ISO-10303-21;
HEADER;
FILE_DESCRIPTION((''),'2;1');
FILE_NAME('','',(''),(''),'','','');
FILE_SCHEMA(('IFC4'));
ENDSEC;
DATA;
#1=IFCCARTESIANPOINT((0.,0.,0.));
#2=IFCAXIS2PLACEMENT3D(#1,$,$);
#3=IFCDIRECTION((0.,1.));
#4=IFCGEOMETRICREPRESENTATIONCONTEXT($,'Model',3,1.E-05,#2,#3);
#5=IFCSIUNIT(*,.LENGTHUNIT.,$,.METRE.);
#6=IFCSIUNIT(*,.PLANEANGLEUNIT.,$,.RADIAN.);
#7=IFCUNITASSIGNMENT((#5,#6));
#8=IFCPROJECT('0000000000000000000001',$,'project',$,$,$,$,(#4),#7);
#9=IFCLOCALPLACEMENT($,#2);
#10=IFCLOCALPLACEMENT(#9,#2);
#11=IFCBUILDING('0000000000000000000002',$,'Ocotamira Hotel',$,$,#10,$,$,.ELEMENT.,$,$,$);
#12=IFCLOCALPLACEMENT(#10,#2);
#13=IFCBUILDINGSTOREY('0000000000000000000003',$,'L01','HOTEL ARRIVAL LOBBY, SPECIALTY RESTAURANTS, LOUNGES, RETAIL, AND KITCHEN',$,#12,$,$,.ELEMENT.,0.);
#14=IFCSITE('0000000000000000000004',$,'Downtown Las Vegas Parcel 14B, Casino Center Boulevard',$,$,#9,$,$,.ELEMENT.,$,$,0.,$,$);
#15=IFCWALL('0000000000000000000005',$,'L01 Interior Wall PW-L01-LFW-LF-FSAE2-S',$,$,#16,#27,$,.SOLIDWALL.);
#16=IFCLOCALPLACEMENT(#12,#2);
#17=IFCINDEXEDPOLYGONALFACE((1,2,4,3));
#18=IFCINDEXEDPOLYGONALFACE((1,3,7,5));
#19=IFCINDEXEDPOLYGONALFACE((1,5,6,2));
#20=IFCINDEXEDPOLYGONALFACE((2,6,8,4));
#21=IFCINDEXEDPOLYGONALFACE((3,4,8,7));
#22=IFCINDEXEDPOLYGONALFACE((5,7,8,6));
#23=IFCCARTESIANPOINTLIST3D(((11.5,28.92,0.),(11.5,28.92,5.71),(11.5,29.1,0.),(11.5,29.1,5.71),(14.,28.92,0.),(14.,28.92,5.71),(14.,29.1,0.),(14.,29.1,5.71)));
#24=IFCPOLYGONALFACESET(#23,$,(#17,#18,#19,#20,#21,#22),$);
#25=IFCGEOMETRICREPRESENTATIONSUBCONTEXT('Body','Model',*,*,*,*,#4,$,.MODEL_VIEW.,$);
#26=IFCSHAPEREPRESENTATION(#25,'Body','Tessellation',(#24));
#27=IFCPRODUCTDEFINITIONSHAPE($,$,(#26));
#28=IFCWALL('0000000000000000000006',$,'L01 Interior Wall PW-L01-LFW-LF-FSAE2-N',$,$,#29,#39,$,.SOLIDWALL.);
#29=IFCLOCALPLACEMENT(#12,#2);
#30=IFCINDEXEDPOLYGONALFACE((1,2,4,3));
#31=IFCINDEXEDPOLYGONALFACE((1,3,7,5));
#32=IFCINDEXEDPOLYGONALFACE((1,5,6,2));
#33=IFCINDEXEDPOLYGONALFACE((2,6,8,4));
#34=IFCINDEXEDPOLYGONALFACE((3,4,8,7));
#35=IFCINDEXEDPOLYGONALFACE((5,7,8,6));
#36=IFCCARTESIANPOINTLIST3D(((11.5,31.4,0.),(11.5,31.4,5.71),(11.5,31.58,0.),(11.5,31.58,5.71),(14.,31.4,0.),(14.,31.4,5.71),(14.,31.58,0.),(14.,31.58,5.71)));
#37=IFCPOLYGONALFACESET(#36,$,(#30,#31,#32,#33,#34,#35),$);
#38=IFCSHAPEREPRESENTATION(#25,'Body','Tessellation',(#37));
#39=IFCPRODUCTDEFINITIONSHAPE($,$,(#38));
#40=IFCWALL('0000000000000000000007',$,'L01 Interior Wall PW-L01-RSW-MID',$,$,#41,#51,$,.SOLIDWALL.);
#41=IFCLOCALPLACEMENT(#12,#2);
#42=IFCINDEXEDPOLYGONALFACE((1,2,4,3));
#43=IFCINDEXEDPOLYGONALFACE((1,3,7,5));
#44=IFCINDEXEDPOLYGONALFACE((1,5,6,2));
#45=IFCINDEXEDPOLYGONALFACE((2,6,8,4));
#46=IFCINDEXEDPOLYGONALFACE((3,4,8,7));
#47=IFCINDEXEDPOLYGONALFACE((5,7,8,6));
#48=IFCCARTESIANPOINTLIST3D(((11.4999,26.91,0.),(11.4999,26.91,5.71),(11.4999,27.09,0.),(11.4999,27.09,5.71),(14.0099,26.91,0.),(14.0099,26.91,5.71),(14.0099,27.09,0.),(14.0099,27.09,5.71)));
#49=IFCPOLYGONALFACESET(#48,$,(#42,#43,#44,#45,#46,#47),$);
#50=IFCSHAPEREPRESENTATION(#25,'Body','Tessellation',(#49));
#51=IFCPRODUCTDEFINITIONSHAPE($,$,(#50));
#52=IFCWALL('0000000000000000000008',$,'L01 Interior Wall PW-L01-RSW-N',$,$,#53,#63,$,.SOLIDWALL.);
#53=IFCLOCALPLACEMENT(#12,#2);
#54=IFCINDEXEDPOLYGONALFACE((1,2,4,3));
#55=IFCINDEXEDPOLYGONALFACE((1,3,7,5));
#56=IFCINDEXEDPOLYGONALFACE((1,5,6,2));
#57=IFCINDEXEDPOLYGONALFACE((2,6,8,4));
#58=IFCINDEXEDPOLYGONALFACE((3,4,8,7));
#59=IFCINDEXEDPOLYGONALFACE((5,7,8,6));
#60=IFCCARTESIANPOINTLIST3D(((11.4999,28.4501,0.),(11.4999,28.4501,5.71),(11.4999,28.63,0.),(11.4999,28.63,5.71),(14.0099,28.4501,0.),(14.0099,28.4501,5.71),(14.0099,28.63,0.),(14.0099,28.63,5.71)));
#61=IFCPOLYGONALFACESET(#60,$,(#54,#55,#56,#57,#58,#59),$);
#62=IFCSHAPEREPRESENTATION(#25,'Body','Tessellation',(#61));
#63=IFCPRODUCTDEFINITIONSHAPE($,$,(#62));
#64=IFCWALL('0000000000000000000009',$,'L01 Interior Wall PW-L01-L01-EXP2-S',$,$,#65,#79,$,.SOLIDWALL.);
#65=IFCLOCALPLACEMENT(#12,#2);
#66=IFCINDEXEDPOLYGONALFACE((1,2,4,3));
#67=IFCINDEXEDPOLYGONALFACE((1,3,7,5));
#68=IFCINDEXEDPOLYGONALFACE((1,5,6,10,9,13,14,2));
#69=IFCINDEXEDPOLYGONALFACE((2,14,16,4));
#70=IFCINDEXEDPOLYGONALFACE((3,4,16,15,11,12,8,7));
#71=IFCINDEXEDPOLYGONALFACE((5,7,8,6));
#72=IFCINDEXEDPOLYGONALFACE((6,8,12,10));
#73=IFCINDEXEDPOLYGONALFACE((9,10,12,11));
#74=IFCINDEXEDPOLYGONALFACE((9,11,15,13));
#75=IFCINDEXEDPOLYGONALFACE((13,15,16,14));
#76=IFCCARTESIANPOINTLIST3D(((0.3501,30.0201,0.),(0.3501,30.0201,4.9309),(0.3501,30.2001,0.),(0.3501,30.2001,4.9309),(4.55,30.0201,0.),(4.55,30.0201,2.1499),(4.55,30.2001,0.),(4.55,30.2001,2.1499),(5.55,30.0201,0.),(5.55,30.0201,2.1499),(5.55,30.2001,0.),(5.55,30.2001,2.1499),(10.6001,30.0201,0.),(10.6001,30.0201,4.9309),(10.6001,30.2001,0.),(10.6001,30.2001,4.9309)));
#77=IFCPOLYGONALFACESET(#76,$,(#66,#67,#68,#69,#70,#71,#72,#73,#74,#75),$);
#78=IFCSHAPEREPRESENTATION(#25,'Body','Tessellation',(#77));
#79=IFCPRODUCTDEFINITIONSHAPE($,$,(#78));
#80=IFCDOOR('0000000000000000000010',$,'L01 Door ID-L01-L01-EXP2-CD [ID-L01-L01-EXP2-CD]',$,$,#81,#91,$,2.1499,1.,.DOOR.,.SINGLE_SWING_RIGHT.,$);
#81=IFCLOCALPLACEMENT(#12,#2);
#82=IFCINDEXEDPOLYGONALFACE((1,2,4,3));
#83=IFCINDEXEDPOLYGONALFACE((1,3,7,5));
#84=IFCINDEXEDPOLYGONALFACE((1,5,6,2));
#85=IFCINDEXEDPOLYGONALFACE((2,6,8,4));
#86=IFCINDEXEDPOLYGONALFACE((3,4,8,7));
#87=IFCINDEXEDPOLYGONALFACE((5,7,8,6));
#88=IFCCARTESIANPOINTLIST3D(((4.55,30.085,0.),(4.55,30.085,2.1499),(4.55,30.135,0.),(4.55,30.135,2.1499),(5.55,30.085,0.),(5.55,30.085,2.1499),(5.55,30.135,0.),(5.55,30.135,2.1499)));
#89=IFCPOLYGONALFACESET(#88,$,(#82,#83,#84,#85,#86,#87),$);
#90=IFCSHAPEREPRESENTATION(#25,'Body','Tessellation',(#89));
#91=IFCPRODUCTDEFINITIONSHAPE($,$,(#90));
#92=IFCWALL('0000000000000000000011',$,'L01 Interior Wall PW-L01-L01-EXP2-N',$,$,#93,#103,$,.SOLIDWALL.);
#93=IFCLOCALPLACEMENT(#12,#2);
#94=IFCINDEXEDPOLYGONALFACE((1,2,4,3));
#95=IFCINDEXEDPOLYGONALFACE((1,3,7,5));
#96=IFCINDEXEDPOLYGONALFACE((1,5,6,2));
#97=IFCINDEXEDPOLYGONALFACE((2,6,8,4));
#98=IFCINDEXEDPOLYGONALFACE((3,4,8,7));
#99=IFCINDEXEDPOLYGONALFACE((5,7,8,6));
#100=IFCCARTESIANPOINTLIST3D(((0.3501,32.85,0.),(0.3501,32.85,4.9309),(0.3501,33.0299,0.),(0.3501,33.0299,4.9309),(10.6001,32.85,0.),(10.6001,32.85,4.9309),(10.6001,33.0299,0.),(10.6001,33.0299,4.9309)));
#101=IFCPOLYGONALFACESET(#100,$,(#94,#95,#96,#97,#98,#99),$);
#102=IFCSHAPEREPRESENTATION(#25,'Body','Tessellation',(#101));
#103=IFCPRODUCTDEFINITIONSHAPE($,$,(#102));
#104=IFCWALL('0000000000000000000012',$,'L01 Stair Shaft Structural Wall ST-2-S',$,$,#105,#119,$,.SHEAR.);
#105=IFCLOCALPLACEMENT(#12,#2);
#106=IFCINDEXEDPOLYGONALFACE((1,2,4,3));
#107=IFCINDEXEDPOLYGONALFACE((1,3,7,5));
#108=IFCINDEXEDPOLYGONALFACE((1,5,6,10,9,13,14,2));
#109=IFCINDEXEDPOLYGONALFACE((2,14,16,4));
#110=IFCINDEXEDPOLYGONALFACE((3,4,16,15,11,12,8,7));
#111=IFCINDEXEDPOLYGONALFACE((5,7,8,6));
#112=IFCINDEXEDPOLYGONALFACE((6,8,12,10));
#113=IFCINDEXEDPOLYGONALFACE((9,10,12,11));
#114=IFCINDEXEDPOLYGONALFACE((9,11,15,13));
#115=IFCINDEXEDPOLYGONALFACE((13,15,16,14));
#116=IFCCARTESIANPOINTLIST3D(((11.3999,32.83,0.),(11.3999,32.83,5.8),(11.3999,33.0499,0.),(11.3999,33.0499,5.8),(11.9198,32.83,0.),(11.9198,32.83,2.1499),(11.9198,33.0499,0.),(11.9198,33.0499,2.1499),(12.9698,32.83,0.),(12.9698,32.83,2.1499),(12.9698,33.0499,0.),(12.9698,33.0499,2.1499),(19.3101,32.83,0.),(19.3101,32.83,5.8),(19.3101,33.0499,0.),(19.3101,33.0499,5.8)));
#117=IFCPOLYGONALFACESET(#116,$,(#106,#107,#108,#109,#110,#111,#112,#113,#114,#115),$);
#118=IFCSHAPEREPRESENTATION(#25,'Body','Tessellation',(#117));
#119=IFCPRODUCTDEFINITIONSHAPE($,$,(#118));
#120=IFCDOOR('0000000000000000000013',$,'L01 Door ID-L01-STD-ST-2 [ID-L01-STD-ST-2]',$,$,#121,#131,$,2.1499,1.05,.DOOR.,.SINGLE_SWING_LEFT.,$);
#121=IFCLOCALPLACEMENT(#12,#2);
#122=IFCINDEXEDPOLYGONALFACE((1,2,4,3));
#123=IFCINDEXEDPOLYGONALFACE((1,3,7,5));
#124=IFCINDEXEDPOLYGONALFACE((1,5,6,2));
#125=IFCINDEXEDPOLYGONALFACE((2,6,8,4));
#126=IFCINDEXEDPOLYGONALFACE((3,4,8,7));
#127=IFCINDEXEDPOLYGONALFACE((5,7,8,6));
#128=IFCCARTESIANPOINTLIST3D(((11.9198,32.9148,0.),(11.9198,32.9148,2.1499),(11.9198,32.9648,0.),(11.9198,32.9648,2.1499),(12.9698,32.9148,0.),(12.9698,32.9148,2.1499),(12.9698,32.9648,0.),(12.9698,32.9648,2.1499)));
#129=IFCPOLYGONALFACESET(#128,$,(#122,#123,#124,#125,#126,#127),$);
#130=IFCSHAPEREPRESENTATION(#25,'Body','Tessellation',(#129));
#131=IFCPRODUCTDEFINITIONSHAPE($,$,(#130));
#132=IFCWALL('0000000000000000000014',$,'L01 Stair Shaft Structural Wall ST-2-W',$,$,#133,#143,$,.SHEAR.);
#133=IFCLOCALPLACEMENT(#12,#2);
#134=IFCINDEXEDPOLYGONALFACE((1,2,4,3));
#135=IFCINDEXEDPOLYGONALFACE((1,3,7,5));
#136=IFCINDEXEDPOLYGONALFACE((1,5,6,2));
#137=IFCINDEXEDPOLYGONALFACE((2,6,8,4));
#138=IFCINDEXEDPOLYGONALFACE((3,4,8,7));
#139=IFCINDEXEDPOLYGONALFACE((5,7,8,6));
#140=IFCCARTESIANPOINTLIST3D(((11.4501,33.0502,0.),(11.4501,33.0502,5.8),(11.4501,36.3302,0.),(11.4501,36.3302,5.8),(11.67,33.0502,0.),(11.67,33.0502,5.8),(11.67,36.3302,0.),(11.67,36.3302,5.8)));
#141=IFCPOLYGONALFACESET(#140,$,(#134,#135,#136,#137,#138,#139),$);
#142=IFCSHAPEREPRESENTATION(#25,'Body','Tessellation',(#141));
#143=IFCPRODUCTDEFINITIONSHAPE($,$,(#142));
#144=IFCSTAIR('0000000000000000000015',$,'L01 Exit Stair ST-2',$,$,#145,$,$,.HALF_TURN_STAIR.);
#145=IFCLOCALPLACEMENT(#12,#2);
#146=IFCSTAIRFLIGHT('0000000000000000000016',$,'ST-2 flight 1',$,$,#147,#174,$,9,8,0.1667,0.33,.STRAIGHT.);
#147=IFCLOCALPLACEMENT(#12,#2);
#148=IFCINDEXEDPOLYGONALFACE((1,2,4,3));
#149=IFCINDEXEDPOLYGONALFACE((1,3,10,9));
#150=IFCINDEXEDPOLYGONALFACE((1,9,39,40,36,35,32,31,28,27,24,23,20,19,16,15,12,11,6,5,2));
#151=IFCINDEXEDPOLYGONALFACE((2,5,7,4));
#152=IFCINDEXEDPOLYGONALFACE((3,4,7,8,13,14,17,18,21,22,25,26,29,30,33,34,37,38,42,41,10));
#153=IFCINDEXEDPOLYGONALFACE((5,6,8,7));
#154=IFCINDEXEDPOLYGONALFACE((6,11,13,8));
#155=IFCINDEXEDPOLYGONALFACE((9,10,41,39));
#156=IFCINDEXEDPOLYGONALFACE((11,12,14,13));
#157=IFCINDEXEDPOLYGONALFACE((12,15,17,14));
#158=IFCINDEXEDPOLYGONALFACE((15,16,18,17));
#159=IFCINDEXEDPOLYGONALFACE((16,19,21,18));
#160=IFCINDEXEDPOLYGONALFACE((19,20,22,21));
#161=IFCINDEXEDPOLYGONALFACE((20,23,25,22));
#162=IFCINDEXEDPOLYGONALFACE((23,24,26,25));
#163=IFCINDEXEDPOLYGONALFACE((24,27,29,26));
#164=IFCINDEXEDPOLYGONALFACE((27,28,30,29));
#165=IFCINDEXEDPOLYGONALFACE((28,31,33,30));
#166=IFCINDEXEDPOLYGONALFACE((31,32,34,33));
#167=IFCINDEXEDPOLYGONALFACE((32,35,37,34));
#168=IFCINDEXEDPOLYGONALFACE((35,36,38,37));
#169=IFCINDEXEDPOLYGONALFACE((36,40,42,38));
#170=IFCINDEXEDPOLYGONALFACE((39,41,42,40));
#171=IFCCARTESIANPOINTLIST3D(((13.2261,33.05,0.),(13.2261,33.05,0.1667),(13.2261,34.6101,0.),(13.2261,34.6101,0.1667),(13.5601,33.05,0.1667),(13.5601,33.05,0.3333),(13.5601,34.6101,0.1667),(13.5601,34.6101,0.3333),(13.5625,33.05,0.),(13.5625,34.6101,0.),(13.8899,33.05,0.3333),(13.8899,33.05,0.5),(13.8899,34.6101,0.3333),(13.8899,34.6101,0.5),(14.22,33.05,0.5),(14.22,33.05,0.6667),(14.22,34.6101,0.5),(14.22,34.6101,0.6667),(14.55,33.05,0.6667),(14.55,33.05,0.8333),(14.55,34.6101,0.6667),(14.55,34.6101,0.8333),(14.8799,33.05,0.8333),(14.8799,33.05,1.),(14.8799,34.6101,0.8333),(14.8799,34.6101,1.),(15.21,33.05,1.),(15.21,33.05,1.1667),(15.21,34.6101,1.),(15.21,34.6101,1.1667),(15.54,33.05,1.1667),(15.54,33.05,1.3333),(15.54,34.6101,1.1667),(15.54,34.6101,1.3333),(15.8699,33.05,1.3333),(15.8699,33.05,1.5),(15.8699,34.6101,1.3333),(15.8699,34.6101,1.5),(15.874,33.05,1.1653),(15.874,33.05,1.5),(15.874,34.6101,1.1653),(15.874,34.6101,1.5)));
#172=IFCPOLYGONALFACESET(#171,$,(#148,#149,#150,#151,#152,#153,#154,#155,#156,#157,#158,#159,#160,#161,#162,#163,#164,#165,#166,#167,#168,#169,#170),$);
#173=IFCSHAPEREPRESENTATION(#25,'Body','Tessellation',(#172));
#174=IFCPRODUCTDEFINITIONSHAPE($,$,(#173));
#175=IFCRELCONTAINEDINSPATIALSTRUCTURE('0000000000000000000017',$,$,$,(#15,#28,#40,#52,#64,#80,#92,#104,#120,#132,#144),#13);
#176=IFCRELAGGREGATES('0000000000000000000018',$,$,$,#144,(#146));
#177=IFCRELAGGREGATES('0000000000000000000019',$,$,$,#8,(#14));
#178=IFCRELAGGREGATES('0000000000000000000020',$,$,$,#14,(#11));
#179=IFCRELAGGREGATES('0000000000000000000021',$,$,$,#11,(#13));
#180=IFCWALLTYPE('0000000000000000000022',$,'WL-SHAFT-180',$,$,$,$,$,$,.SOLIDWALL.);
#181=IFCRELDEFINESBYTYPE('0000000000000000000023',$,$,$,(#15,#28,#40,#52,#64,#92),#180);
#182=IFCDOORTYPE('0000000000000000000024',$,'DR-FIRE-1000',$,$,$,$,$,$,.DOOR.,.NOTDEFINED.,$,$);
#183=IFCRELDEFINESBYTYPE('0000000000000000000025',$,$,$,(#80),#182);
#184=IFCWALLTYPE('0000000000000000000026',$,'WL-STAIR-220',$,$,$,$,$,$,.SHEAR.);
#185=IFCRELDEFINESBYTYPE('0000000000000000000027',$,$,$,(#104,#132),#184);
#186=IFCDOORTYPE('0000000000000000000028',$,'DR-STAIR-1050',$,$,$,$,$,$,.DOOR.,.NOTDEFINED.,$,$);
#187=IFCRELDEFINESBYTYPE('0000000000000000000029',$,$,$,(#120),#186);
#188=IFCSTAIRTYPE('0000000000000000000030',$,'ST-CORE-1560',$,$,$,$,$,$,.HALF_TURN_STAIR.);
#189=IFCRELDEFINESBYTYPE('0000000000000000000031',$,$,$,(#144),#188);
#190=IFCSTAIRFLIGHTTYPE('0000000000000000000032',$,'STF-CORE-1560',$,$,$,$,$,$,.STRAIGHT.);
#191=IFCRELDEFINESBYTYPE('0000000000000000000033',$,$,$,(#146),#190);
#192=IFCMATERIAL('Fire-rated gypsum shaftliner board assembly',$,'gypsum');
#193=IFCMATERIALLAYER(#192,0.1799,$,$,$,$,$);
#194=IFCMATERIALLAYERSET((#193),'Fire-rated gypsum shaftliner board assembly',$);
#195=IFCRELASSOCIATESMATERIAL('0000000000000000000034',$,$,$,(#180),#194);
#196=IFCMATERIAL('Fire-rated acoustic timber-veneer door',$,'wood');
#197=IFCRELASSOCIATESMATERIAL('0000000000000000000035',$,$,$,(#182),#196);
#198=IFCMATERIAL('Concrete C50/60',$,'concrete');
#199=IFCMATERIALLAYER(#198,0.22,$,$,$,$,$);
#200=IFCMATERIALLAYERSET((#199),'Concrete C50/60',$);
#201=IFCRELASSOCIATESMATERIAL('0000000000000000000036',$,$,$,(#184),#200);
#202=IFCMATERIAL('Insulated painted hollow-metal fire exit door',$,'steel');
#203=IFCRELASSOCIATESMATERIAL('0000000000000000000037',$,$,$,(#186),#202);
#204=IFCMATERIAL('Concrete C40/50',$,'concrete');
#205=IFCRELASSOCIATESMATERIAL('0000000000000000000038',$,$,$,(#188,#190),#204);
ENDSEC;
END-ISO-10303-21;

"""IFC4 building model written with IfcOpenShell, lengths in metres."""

from ifc_helpers import new_model, si_unit, direction, frame, frame_2d, origin, place, context, subcontext, project, spatial, polyline, rectangle, outline, extrude, source, transform, mapped, material, layer, layer_set, type_object, element, fill, aggregate, save


model = new_model("IFC4")

# Units and contexts
model_context = context("Model", 3, precision=1e-05, world=origin(), true_north=direction((0.0, 1.0)))
body_context = subcontext(model_context, "Body", "Model", "MODEL_VIEW")
ifc_project = project(units=[si_unit("LENGTHUNIT", "METRE"), si_unit("PLANEANGLEUNIT", "RADIAN")], contexts=[model_context])

# Site, building, storey
site_placement = place(None, origin())
site = spatial("IfcSite", under=ifc_project, at=site_placement, Name="Downtown Las Vegas Parcel 14B, Casino Center Boulevard", CompositionType="ELEMENT", RefElevation=0.0)
building_placement = place(site_placement, origin())
building = spatial("IfcBuilding", under=site, at=building_placement, Name="Ocotamira Hotel", CompositionType="ELEMENT")
storey_placement = place(building_placement, origin())
storey = spatial("IfcBuildingStorey", under=building, at=storey_placement, Name="L01", Description="HOTEL ARRIVAL LOBBY, SPECIALTY RESTAURANTS, LOUNGES, RETAIL, AND KITCHEN", CompositionType="ELEMENT", Elevation=0.0)

# Walls
ifc_material_1 = material(Name="Fire-rated gypsum shaftliner board assembly", Category="gypsum")
ifc_layer_1 = layer(ifc_material_1, 0.1799)
ifc_layer_set_1 = layer_set([ifc_layer_1], Name="Fire-rated gypsum shaftliner board assembly")
wall_type_1 = type_object("IfcWallType", Name="WL-SHAFT-180", PredefinedType="SOLIDWALL", material=ifc_layer_set_1)
for number, where, z_axis, x_axis, name in (
    (1, (11.5, 29.01, 0.0), (0.0, 0.0, 1.0), (1.0, 0.0, 0.0), "L01 Interior Wall PW-L01-LFW-LF-FSAE2-S"),
    (2, (11.5, 31.49, 0.0), (0.0, 0.0, 1.0), (1.0, 0.0, 0.0), "L01 Interior Wall PW-L01-LFW-LF-FSAE2-N"),
):
    element("IfcWall", number, at=place(storey_placement, frame(where, z_axis=z_axis, x_axis=x_axis)), inside=storey, type_object=wall_type_1, Name=name, PredefinedType="SOLIDWALL", context=body_context, shape_type="SweptSolid", body=[
        extrude(rectangle(XDim=2.5, YDim=0.1799, at=frame_2d((1.25, 0.0))), origin(), (0.0, 0.0, 1.0), 5.71),
    ])
for number, where, z_axis, x_axis, name in (
    (3, (11.5, 27.0, 0.0), (0.0, 0.0, 1.0), (1.0, 0.0, 0.0), "L01 Interior Wall PW-L01-RSW-MID"),
    (4, (11.5, 28.54, 0.0), (0.0, 0.0, 1.0), (1.0, 0.0, 0.0), "L01 Interior Wall PW-L01-RSW-N"),
):
    element("IfcWall", number, at=place(storey_placement, frame(where, z_axis=z_axis, x_axis=x_axis)), inside=storey, type_object=wall_type_1, Name=name, PredefinedType="SOLIDWALL", context=body_context, shape_type="SweptSolid", body=[
        extrude(rectangle(XDim=2.51, YDim=0.1799, at=frame_2d((1.2549, 0.0))), origin(), (0.0, 0.0, 1.0), 5.71),
    ])

# Wall, opening, door
wall_1_placement = place(storey_placement, frame((0.3501, 30.1101, 0.0), z_axis=(0.0, 0.0, 1.0), x_axis=(1.0, 0.0, 0.0)))
wall_1 = element("IfcWall", 5, at=wall_1_placement, inside=storey, type_object=wall_type_1, Name="L01 Interior Wall PW-L01-L01-EXP2-S", PredefinedType="SOLIDWALL", context=body_context, shape_type="SweptSolid", body=[
    extrude(rectangle(XDim=10.25, YDim=0.1799, at=frame_2d((5.125, 0.0))), origin(), (0.0, 0.0, 1.0), 4.9309),
])
opening_1_placement = place(wall_1_placement, frame((4.2, 0.0, 0.0)))
opening_1 = element("IfcOpeningElement", 6, at=opening_1_placement, cuts=wall_1, PredefinedType="OPENING", context=body_context, shape_type="SweptSolid", body=[
    extrude(rectangle(XDim=1.0, YDim=2.1499, at=frame_2d((0.5, 1.075))), frame((0.0, 0.1001, 0.0), z_axis=(0.0, -1.0, 0.0), x_axis=(1.0, 0.0, 0.0)), (0.0, 0.0, 1.0), 0.2),
])
ifc_material_2 = material(Name="Fire-rated acoustic timber-veneer door", Category="wood")
door_type_1 = type_object("IfcDoorType", Name="DR-FIRE-1000", OperationType="NOTDEFINED", PredefinedType="DOOR", material=ifc_material_2)
shared_shape_1 = source(origin(), body_context, "Body", "SweptSolid", [
    extrude(rectangle(XDim=1.0, YDim=2.1499, at=frame_2d((0.5, 1.075))), frame((0.0, 0.0249, 0.0), z_axis=(0.0, -1.0, 0.0), x_axis=(1.0, 0.0, 0.0)), (0.0, 0.0, 1.0), 0.05),
])
door_1_placement = place(opening_1_placement, origin())
door_1 = element("IfcDoor", 7, at=door_1_placement, inside=storey, type_object=door_type_1, Name="L01 Door ID-L01-L01-EXP2-CD [ID-L01-L01-EXP2-CD]", OperationType="SINGLE_SWING_RIGHT", OverallHeight=2.1499, OverallWidth=1.0, PredefinedType="DOOR", context=body_context, shape_type="MappedRepresentation", body=[
    mapped(shared_shape_1, transform((0.0, 0.0, 0.0), scale=1.0)),
])
fill(opening_1, door_1)

# Wall
wall_2_placement = place(storey_placement, frame((0.3501, 32.9399, 0.0), z_axis=(0.0, 0.0, 1.0), x_axis=(1.0, 0.0, 0.0)))
element("IfcWall", 8, at=wall_2_placement, inside=storey, type_object=wall_type_1, Name="L01 Interior Wall PW-L01-L01-EXP2-N", PredefinedType="SOLIDWALL", context=body_context, shape_type="SweptSolid", body=[
    extrude(rectangle(XDim=10.25, YDim=0.1799, at=frame_2d((5.125, 0.0))), origin(), (0.0, 0.0, 1.0), 4.9309),
])

# Wall, opening, door
ifc_material_3 = material(Name="Concrete C50/60", Category="concrete")
ifc_layer_2 = layer(ifc_material_3, 0.22)
ifc_layer_set_2 = layer_set([ifc_layer_2], Name="Concrete C50/60")
wall_type_2 = type_object("IfcWallType", Name="WL-STAIR-220", PredefinedType="SHEAR", material=ifc_layer_set_2)
wall_3_placement = place(storey_placement, frame((11.3999, 32.9399, 0.0), z_axis=(0.0, 0.0, 1.0), x_axis=(1.0, 0.0, 0.0)))
wall_3 = element("IfcWall", 9, at=wall_3_placement, inside=storey, type_object=wall_type_2, Name="L01 Stair Shaft Structural Wall ST-2-S", PredefinedType="SHEAR", context=body_context, shape_type="SweptSolid", body=[
    extrude(rectangle(XDim=7.9102, YDim=0.22, at=frame_2d((3.9551, 0.0))), origin(), (0.0, 0.0, 1.0), 5.8),
])
opening_2_placement = place(wall_3_placement, frame((0.52, 0.0, 0.0)))
opening_2 = element("IfcOpeningElement", 10, at=opening_2_placement, cuts=wall_3, PredefinedType="OPENING", context=body_context, shape_type="SweptSolid", body=[
    extrude(rectangle(XDim=1.05, YDim=2.1499, at=frame_2d((0.5249, 1.075))), frame((0.0, 0.1201, 0.0), z_axis=(0.0, -1.0, 0.0), x_axis=(1.0, 0.0, 0.0)), (0.0, 0.0, 1.0), 0.24),
])
ifc_material_4 = material(Name="Insulated painted hollow-metal fire exit door", Category="steel")
door_type_2 = type_object("IfcDoorType", Name="DR-STAIR-1050", OperationType="NOTDEFINED", PredefinedType="DOOR", material=ifc_material_4)
shared_shape_2 = source(origin(), body_context, "Body", "SweptSolid", [
    extrude(rectangle(XDim=1.05, YDim=2.1499, at=frame_2d((0.5249, 1.075))), frame((0.0, 0.0249, 0.0), z_axis=(0.0, -1.0, 0.0), x_axis=(1.0, 0.0, 0.0)), (0.0, 0.0, 1.0), 0.05),
])
door_2_placement = place(opening_2_placement, origin())
door_2 = element("IfcDoor", 11, at=door_2_placement, inside=storey, type_object=door_type_2, Name="L01 Door ID-L01-STD-ST-2 [ID-L01-STD-ST-2]", OperationType="SINGLE_SWING_LEFT", OverallHeight=2.1499, OverallWidth=1.05, PredefinedType="DOOR", context=body_context, shape_type="MappedRepresentation", body=[
    mapped(shared_shape_2, transform((0.0, 0.0, 0.0), scale=1.0)),
])
fill(opening_2, door_2)

# Wall
wall_4_placement = place(storey_placement, frame((11.5601, 33.05, 0.0), z_axis=(0.0, 0.0, 1.0), x_axis=(0.0, 1.0, 0.0)))
element("IfcWall", 12, at=wall_4_placement, inside=storey, type_object=wall_type_2, Name="L01 Stair Shaft Structural Wall ST-2-W", PredefinedType="SHEAR", context=body_context, shape_type="SweptSolid", body=[
    extrude(rectangle(XDim=3.28, YDim=0.22, at=frame_2d((1.6401, 0.0))), origin(), (0.0, 0.0, 1.0), 5.8),
])

# Stair, stair flight
ifc_material_5 = material(Name="Concrete C40/50", Category="concrete")
stair_type = type_object("IfcStairType", Name="ST-CORE-1560", PredefinedType="HALF_TURN_STAIR", material=ifc_material_5)
stair_placement = place(storey_placement, origin())
stair = element("IfcStair", 13, at=stair_placement, inside=storey, type_object=stair_type, Name="L01 Exit Stair ST-2", PredefinedType="HALF_TURN_STAIR")
stair_flight_type = type_object("IfcStairFlightType", Name="STF-CORE-1560", PredefinedType="STRAIGHT", material=ifc_material_5)
shared_shape_3 = source(origin(), body_context, "Body", "SweptSolid", [
    extrude(outline(polyline([(-0.0039, 0.0), (-0.0039, 0.1667), (0.3301, 0.1667), (0.3301, 0.3333), (0.6599, 0.3333), (0.6599, 0.5), (0.99, 0.5), (0.99, 0.6667), (1.3201, 0.6667), (1.3201, 0.8333), (1.6499, 0.8333), (1.6499, 1.0), (1.98, 1.0), (1.98, 1.1667), (2.3101, 1.1667), (2.3101, 1.3333), (2.6399, 1.3333), (2.6399, 1.5), (2.644, 1.5), (2.644, 1.1653), (0.3325, 0.0), (-0.0039, 0.0)])), frame((0.0, 0.78, 0.0), z_axis=(0.0, -1.0, 0.0), x_axis=(1.0, 0.0, 0.0)), (0.0, 0.0, 1.0), 1.5601),
])
stair_flight_1_placement = place(storey_placement, frame((13.23, 33.8301, 0.0), z_axis=(0.0, 0.0, 1.0), x_axis=(1.0, 0.0, 0.0)))
stair_flight_1 = element("IfcStairFlight", 14, at=stair_flight_1_placement, type_object=stair_flight_type, Name="ST-2 flight 1", NumberOfRisers=9, NumberOfTreads=8, PredefinedType="STRAIGHT", RiserHeight=0.1667, TreadLength=0.33, context=body_context, shape_type="MappedRepresentation", body=[
    mapped(shared_shape_3, transform((0.0, 0.0, 0.0), scale=1.0)),
])
aggregate(stair, [stair_flight_1])

save(model, "model.ifc")
